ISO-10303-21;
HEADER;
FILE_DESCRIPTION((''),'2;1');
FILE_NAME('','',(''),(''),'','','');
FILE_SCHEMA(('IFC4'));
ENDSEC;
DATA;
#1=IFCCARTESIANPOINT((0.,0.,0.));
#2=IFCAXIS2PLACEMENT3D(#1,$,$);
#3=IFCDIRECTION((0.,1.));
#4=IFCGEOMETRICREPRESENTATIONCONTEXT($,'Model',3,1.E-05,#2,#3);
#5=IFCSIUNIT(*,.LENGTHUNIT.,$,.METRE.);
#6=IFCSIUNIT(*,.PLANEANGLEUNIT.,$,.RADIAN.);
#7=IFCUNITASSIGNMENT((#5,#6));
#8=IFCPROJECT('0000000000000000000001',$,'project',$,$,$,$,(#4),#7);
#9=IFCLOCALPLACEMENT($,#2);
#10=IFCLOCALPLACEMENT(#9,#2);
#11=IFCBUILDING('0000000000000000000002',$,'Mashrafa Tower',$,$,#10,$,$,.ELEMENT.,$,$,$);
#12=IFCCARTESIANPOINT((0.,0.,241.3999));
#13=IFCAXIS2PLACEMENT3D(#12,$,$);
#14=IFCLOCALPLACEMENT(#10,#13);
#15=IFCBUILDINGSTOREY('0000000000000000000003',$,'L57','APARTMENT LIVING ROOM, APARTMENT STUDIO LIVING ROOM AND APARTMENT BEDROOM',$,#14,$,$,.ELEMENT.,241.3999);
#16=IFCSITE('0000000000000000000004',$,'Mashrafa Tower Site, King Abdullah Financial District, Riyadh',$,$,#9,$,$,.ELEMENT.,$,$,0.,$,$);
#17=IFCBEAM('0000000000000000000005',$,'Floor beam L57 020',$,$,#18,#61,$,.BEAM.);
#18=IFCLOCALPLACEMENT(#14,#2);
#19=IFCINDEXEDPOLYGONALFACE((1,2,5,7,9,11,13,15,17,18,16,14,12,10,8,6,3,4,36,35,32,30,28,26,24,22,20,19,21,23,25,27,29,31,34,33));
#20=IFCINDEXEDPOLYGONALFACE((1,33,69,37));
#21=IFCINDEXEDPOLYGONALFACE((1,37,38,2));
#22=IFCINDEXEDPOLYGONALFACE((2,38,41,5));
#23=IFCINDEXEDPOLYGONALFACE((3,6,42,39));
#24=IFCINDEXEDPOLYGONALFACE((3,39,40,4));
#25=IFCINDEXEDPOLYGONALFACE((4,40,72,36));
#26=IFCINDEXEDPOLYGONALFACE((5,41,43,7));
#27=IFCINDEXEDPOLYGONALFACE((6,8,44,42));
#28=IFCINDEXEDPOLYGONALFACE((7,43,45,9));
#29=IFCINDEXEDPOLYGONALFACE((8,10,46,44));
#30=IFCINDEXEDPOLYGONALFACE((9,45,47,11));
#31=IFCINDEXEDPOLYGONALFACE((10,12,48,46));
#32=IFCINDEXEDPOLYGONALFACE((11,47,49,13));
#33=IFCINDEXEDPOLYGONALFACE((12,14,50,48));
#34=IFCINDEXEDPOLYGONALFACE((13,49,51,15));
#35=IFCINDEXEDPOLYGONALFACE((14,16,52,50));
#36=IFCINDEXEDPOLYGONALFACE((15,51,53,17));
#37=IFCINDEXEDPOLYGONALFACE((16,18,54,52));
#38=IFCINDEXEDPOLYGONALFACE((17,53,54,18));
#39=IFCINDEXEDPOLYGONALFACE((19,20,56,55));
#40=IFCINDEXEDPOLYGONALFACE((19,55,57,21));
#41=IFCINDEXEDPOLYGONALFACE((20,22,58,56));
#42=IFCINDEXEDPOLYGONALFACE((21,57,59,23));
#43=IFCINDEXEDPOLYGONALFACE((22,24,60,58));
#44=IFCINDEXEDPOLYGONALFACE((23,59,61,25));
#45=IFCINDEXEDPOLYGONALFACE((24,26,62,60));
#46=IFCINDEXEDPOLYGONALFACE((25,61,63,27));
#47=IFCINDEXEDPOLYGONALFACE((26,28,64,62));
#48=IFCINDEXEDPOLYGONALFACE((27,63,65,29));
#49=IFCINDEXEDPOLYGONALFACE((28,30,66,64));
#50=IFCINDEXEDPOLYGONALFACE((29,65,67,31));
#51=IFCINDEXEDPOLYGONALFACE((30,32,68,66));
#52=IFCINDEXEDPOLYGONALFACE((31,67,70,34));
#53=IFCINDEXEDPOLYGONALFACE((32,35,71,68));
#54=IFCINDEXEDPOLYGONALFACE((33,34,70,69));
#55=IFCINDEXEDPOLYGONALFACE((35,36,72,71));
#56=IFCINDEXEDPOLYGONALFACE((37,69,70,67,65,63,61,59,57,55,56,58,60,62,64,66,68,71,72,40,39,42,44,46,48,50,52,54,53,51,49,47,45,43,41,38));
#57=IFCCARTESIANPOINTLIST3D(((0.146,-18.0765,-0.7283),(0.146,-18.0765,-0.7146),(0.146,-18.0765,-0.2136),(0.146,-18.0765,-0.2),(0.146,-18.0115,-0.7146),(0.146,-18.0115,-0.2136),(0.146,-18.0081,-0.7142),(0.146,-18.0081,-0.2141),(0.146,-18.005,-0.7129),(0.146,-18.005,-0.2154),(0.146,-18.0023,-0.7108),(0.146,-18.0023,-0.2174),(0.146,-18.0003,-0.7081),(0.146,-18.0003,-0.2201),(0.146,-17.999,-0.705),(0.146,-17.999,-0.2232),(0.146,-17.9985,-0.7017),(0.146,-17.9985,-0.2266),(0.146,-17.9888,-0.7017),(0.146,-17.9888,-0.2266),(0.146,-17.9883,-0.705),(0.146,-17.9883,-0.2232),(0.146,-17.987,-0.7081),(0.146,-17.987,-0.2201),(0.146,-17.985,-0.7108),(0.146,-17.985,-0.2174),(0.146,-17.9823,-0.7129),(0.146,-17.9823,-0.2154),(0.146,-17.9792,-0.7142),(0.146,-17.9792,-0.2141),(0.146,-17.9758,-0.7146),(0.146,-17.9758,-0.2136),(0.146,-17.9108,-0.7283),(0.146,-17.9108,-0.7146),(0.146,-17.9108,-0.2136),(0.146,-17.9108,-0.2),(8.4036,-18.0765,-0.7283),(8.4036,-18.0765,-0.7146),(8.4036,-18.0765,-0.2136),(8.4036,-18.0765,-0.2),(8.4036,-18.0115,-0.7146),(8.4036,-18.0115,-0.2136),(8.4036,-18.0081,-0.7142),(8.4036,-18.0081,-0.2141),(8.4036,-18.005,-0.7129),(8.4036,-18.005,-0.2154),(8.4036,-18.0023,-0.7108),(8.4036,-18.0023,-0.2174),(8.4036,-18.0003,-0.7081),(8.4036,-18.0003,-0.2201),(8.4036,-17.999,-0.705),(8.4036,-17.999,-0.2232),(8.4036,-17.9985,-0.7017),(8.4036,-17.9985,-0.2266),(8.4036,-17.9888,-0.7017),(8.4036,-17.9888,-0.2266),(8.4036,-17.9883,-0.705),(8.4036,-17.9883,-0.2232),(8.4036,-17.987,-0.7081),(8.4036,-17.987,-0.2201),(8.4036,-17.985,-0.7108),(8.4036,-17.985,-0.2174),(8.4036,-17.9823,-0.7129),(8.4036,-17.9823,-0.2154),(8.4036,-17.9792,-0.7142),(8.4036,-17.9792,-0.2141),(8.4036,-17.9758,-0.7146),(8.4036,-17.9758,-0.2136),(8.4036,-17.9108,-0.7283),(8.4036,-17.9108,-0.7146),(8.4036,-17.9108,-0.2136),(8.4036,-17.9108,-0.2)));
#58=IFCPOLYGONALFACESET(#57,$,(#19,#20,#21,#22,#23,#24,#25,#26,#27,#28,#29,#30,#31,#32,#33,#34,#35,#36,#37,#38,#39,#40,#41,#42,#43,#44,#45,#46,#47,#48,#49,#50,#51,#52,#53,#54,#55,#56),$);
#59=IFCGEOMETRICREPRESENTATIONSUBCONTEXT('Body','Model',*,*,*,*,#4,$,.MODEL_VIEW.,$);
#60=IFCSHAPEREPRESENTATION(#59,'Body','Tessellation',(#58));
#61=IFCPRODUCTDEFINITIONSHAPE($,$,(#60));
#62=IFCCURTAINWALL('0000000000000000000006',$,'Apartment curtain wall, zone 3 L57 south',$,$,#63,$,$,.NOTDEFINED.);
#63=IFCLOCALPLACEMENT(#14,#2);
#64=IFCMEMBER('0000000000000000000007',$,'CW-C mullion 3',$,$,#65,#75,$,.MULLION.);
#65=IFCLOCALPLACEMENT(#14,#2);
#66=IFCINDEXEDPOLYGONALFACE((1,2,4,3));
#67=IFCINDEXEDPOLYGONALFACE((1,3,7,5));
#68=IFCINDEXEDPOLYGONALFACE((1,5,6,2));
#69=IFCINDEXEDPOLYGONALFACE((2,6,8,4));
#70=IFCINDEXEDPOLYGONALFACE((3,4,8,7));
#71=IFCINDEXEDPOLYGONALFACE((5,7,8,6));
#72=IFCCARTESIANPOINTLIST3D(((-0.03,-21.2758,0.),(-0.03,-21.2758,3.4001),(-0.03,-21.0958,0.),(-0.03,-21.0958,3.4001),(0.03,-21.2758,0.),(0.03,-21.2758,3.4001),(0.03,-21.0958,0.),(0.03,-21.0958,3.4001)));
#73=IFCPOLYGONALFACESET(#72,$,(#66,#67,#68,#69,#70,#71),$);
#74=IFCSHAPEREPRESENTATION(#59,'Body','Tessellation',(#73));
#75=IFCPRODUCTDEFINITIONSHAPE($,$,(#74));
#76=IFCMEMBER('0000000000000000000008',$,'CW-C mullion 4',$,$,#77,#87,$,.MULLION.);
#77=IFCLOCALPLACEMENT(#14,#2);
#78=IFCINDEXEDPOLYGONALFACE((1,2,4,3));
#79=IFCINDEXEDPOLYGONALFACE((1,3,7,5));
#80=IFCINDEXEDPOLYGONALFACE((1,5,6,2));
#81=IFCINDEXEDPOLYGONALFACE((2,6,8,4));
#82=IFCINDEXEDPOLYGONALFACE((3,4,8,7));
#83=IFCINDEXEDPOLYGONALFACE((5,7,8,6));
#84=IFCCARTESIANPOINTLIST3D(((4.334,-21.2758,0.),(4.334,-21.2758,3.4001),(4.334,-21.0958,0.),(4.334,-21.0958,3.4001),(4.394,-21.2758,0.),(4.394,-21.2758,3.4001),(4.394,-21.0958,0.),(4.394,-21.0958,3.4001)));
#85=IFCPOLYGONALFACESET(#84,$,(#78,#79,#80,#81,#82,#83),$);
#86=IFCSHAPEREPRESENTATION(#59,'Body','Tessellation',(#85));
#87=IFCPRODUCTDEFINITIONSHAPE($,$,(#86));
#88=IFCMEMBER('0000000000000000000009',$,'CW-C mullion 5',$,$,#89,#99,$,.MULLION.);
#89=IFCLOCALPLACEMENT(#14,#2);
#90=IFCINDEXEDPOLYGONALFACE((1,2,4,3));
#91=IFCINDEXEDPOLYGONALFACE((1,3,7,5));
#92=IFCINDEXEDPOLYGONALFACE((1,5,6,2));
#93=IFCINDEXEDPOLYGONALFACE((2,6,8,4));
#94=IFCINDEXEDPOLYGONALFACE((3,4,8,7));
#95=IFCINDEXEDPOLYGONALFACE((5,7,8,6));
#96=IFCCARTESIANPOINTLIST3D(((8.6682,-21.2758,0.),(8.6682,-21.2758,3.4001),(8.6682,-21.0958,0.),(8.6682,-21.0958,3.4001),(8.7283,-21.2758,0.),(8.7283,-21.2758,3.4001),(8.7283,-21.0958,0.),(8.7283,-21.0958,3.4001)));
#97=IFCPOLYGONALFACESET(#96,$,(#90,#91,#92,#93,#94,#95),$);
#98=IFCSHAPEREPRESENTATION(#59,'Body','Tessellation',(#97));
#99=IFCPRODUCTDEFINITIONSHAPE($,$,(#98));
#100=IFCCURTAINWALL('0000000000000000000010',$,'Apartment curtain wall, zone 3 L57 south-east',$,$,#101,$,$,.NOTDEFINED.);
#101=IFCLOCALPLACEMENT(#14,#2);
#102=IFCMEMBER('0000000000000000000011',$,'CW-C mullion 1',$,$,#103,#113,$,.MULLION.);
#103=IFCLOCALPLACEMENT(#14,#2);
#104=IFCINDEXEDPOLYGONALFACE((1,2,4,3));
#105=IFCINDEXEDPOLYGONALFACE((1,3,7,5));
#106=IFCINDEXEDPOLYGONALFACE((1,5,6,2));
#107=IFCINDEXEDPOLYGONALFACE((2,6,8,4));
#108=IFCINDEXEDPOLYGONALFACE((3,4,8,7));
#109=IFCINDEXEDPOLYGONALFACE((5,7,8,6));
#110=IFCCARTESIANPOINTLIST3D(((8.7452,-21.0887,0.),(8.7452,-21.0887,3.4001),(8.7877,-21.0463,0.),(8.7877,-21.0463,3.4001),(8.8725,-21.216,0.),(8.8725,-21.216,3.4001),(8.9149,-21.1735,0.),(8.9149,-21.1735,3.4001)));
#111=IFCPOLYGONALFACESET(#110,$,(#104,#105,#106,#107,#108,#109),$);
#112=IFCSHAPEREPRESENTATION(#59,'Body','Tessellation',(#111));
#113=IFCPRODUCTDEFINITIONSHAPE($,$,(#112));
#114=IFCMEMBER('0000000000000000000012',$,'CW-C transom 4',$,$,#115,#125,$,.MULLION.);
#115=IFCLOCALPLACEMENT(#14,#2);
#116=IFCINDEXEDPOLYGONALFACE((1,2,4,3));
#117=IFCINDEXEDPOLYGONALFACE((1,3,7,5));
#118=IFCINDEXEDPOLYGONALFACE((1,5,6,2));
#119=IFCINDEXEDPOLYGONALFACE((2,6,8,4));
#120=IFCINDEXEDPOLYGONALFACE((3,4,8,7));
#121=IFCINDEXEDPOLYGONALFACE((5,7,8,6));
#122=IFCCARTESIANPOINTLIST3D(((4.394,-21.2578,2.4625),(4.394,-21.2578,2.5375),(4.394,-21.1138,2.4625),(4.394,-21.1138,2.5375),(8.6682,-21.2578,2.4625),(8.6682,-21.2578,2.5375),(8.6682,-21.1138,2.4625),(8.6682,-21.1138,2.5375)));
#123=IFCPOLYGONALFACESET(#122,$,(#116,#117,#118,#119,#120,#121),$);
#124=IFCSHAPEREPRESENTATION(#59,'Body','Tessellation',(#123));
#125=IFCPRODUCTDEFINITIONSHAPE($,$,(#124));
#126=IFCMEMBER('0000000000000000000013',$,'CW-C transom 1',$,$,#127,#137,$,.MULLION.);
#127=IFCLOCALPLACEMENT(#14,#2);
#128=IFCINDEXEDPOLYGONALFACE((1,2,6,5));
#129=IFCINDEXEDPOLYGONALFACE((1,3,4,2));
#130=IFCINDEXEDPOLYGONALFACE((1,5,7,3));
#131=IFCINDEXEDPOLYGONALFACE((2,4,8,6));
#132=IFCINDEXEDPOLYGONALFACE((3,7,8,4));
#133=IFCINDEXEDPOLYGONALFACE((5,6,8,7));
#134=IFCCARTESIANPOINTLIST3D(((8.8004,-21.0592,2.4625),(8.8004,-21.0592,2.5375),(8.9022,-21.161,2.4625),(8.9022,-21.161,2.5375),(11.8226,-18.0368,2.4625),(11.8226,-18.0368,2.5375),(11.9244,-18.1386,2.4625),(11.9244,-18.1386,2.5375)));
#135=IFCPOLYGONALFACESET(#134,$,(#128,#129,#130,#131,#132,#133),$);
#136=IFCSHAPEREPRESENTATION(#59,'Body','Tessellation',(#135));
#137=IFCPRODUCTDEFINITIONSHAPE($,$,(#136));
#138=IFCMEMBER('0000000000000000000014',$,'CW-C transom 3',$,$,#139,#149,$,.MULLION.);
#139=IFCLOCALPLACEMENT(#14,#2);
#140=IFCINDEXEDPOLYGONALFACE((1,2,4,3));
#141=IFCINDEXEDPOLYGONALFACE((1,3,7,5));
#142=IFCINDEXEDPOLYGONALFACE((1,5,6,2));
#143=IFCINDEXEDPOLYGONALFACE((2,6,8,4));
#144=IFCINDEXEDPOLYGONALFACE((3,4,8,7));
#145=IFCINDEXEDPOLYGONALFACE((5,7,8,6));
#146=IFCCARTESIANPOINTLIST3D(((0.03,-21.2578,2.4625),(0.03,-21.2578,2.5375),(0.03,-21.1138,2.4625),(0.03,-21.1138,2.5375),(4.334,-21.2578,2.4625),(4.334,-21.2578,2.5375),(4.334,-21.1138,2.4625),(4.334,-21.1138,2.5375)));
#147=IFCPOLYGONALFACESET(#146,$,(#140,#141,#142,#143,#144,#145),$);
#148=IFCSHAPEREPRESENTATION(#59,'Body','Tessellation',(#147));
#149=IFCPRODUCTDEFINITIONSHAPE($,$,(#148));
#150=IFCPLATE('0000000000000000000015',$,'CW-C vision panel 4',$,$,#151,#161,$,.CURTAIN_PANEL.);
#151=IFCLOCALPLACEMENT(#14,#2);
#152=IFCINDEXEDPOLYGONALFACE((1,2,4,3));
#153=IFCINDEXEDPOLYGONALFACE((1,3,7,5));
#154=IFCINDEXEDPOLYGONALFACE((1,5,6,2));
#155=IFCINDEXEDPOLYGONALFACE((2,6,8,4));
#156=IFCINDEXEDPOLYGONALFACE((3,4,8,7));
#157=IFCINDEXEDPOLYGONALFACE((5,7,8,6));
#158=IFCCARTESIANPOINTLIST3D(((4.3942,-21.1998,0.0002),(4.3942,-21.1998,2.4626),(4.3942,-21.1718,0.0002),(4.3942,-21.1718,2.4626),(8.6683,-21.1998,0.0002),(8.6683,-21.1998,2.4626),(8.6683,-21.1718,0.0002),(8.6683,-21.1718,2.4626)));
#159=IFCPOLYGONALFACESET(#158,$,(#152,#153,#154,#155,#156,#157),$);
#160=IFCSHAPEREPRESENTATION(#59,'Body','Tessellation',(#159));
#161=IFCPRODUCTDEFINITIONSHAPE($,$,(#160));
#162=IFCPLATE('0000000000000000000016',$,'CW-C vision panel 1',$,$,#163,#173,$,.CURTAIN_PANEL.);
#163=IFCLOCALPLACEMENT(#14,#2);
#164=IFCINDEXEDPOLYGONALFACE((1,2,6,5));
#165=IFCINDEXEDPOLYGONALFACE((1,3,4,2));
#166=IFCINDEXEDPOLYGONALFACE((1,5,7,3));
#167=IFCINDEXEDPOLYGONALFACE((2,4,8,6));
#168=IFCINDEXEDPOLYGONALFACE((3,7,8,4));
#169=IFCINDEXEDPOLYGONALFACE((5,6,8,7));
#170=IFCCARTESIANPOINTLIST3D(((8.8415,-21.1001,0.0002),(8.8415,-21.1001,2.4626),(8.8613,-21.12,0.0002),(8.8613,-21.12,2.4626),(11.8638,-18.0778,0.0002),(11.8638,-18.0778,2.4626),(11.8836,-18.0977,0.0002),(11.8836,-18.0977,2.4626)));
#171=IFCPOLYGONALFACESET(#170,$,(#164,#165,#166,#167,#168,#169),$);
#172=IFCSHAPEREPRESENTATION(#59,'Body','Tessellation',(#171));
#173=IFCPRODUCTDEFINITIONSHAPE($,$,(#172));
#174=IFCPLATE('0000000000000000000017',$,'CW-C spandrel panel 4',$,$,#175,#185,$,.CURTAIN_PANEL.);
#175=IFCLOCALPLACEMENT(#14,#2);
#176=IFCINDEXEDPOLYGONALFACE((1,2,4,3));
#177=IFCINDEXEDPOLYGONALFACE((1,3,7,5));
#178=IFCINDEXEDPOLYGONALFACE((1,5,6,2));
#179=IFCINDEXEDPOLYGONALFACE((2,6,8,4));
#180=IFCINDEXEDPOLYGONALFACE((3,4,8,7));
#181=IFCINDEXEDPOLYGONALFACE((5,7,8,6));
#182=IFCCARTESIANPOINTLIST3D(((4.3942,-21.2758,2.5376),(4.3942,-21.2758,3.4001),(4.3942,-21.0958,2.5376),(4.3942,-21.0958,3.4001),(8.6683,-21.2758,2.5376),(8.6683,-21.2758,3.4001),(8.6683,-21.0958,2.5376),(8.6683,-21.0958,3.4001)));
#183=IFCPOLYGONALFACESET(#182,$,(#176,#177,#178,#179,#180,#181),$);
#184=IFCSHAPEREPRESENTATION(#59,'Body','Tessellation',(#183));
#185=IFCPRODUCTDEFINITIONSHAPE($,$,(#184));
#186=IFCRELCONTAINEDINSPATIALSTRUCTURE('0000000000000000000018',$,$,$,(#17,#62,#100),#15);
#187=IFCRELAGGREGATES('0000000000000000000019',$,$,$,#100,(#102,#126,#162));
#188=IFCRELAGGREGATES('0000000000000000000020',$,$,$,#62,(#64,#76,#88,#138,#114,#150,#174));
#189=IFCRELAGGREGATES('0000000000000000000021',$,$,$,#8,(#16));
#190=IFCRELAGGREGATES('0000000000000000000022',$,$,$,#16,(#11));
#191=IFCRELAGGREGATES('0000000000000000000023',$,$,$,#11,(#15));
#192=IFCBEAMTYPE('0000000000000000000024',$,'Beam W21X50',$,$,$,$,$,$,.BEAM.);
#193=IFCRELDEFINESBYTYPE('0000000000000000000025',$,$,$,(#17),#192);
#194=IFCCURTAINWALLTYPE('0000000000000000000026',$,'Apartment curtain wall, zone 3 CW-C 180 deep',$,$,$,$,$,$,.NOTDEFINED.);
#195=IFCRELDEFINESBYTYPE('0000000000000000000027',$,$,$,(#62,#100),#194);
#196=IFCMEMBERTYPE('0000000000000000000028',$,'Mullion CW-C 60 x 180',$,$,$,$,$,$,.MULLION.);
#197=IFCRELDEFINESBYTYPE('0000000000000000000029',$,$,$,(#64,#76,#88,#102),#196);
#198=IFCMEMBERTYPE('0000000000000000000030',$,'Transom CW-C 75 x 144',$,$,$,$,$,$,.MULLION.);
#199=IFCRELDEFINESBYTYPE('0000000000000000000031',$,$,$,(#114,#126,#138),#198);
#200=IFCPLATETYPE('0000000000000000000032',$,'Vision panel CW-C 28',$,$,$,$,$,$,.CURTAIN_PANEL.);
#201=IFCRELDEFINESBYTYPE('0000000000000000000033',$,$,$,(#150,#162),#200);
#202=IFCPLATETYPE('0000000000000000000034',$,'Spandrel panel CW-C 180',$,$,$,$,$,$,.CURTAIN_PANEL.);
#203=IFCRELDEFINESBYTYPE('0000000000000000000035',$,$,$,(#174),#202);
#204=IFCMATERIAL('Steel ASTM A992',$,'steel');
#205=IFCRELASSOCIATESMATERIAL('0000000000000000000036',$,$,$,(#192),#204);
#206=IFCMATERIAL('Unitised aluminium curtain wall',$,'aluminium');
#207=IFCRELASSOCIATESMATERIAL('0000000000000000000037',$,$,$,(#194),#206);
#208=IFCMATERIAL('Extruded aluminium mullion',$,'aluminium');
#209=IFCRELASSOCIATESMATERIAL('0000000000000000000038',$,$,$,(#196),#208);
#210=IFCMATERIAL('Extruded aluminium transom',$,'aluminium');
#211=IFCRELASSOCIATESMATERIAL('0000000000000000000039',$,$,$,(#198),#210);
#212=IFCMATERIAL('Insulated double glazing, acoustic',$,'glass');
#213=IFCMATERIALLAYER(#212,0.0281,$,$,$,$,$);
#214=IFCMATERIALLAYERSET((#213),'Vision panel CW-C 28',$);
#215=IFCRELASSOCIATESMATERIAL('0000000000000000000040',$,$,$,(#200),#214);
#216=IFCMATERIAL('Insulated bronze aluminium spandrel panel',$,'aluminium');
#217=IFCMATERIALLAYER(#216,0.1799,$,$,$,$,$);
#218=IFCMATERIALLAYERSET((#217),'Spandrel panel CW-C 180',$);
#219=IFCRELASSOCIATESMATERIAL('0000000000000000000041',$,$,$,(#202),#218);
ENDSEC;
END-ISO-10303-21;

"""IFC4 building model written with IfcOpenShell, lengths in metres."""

from ifc_helpers import new_model, si_unit, direction, frame, origin, origin_2d, place, context, subcontext, project, spatial, rectangle, i_section, extrude, source, transform, mapped, material, layer, layer_set, material_profile, profile_set, type_object, type_shapes, element, aggregate, save


model = new_model("IFC4")

# Units and contexts
model_context = context("Model", 3, precision=1e-05, world=origin(), true_north=direction((0.0, 1.0)))
body_context = subcontext(model_context, "Body", "Model", "MODEL_VIEW")
ifc_project = project(units=[si_unit("LENGTHUNIT", "METRE"), si_unit("PLANEANGLEUNIT", "RADIAN")], contexts=[model_context])

# Site, building, storey
site_placement = place(None, origin())
site = spatial("IfcSite", under=ifc_project, at=site_placement, Name="Mashrafa Tower Site, King Abdullah Financial District, Riyadh", CompositionType="ELEMENT", RefElevation=0.0)
building_placement = place(site_placement, origin())
building = spatial("IfcBuilding", under=site, at=building_placement, Name="Mashrafa Tower", CompositionType="ELEMENT")
storey_placement = place(building_placement, frame((0.0, 0.0, 241.3999)))
storey = spatial("IfcBuildingStorey", under=building, at=storey_placement, Name="L57", Description="APARTMENT LIVING ROOM, APARTMENT STUDIO LIVING ROOM AND APARTMENT BEDROOM", CompositionType="ELEMENT", Elevation=241.3999)

# Beam
ifc_material_1 = material(Name="Steel ASTM A992", Category="steel")
ifc_material_profile_1 = material_profile(ifc_material_1, i_section(OverallWidth=0.1658, OverallDepth=0.5283, WebThickness=0.0098, FlangeThickness=0.0137, FilletRadius=0.0129, at=origin_2d()), Name="W21X50")
ifc_profile_set_1 = profile_set([ifc_material_profile_1], Name="Steel ASTM A992")
beam_type_1 = type_object("IfcBeamType", Name="Beam W21X50", PredefinedType="BEAM", material=ifc_profile_set_1)
beam_1_placement = place(storey_placement, frame((8.4036, -17.9937, -0.4641), z_axis=(-1.0, 0.0, 0.0), x_axis=(0.0, -1.0, 0.0)))
element("IfcBeam", 1, at=beam_1_placement, inside=storey, type_object=beam_type_1, Name="Floor beam L57 020", PredefinedType="BEAM", context=body_context, shape_type="SweptSolid", body=[
    extrude(i_section(OverallWidth=0.1658, OverallDepth=0.5283, WebThickness=0.0098, FlangeThickness=0.0137, FilletRadius=0.0129, at=origin_2d()), origin(), (0.0, 0.0, 1.0), 8.2576),
])

# Curtain wall, members
ifc_material_2 = material(Name="Unitised aluminium curtain wall", Category="aluminium")
curtain_wall_type = type_object("IfcCurtainWallType", Name="Apartment curtain wall, zone 3 CW-C 180 deep", PredefinedType="NOTDEFINED", material=ifc_material_2)
curtain_wall_1_placement = place(storey_placement, origin())
curtain_wall_1 = element("IfcCurtainWall", 2, at=curtain_wall_1_placement, inside=storey, type_object=curtain_wall_type, Name="Apartment curtain wall, zone 3 L57 south", PredefinedType="NOTDEFINED")
ifc_material_3 = material(Name="Extruded aluminium mullion", Category="aluminium")
ifc_material_profile_2 = material_profile(ifc_material_3, rectangle(XDim=0.1799, YDim=0.0601, at=origin_2d()), Name="Mullion 60x180")
ifc_profile_set_2 = profile_set([ifc_material_profile_2], Name="Extruded aluminium mullion")
member_type_1 = type_object("IfcMemberType", Name="Mullion CW-C 60 x 180", PredefinedType="MULLION", material=ifc_profile_set_2)
shared_shape_1 = source(origin(), body_context, "Body", "SweptSolid", [
    extrude(rectangle(XDim=0.1799, YDim=0.0601, at=origin_2d()), origin(), (0.0, 0.0, 1.0), 3.4001),
])
type_shapes(member_type_1, [shared_shape_1])
member_1_placement = place(storey_placement, frame((0.0, -21.1858, 0.0), z_axis=(0.0, 0.0, 1.0), x_axis=(0.0, 1.0, 0.0)))
member_1 = element("IfcMember", 3, at=member_1_placement, type_object=member_type_1, Name="CW-C mullion 3", PredefinedType="MULLION", context=body_context, shape_type="MappedRepresentation", body=[
    mapped(shared_shape_1, transform((0.0, 0.0, 0.0))),
])
member_2_placement = place(storey_placement, frame((4.364, -21.1858, 0.0), z_axis=(0.0, 0.0, 1.0), x_axis=(0.0, 1.0, 0.0)))
member_2 = element("IfcMember", 4, at=member_2_placement, type_object=member_type_1, Name="CW-C mullion 4", PredefinedType="MULLION", context=body_context, shape_type="MappedRepresentation", body=[
    mapped(shared_shape_1, transform((0.0, 0.0, 0.0))),
])
member_3_placement = place(storey_placement, frame((8.6982, -21.1858, 0.0), z_axis=(0.0, 0.0, 1.0), x_axis=(0.0, 1.0, 0.0)))
member_3 = element("IfcMember", 5, at=member_3_placement, type_object=member_type_1, Name="CW-C mullion 5", PredefinedType="MULLION", context=body_context, shape_type="MappedRepresentation", body=[
    mapped(shared_shape_1, transform((0.0, 0.0, 0.0))),
])

# Curtain wall, member
curtain_wall_2_placement = place(storey_placement, origin())
curtain_wall_2 = element("IfcCurtainWall", 6, at=curtain_wall_2_placement, inside=storey, type_object=curtain_wall_type, Name="Apartment curtain wall, zone 3 L57 south-east", PredefinedType="NOTDEFINED")
member_4_placement = place(storey_placement, frame((8.8301, -21.1311, 0.0), z_axis=(0.0, 0.0, 1.0), x_axis=(-0.707107, 0.707107, 0.0)))
member_4 = element("IfcMember", 7, at=member_4_placement, type_object=member_type_1, Name="CW-C mullion 1", PredefinedType="MULLION", context=body_context, shape_type="MappedRepresentation", body=[
    mapped(shared_shape_1, transform((0.0, 0.0, 0.0))),
])

# Members
ifc_material_4 = material(Name="Extruded aluminium transom", Category="aluminium")
ifc_material_profile_3 = material_profile(ifc_material_4, rectangle(XDim=0.144, YDim=0.075, at=origin_2d()), Name="Transom 75x144")
ifc_profile_set_3 = profile_set([ifc_material_profile_3], Name="Extruded aluminium transom")
member_type_2 = type_object("IfcMemberType", Name="Transom CW-C 75 x 144", PredefinedType="MULLION", material=ifc_profile_set_3)
shared_shape_2 = source(origin(), body_context, "Body", "SweptSolid", [
    extrude(rectangle(XDim=0.144, YDim=0.075, at=origin_2d()), origin(), (0.0, 0.0, 1.0), 4.2742),
])
member_5_placement = place(storey_placement, frame((4.394, -21.1858, 2.5), z_axis=(1.0, 0.0, 0.0), x_axis=(0.0, 1.0, 0.0)))
member_5 = element("IfcMember", 8, at=member_5_placement, type_object=member_type_2, Name="CW-C transom 4", PredefinedType="MULLION", context=body_context, shape_type="MappedRepresentation", body=[
    mapped(shared_shape_2, transform((0.0, 0.0, 0.0))),
])
member_6_placement = place(storey_placement, frame((8.8513, -21.1101, 2.5), z_axis=(0.707078, 0.707135, 0.0), x_axis=(-0.707135, 0.707078, 0.0)))
member_6 = element("IfcMember", 9, at=member_6_placement, type_object=member_type_2, Name="CW-C transom 1", PredefinedType="MULLION", context=body_context, shape_type="MappedRepresentation", body=[
    mapped(shared_shape_2, transform((0.0, 0.0, 0.0))),
])
shared_shape_3 = source(origin(), body_context, "Body", "SweptSolid", [
    extrude(rectangle(XDim=0.144, YDim=0.075, at=origin_2d()), origin(), (0.0, 0.0, 1.0), 4.304),
])
type_shapes(member_type_2, [shared_shape_2, shared_shape_3])
member_7_placement = place(storey_placement, frame((0.03, -21.1858, 2.5), z_axis=(1.0, 0.0, 0.0), x_axis=(0.0, 1.0, 0.0)))
member_7 = element("IfcMember", 10, at=member_7_placement, type_object=member_type_2, Name="CW-C transom 3", PredefinedType="MULLION", context=body_context, shape_type="MappedRepresentation", body=[
    mapped(shared_shape_3, transform((0.0, 0.0, 0.0))),
])

# Plates
ifc_material_5 = material(Name="Insulated double glazing, acoustic", Category="glass")
ifc_layer_1 = layer(ifc_material_5, 0.0281)
ifc_layer_set_1 = layer_set([ifc_layer_1], Name="Vision panel CW-C 28")
plate_type_1 = type_object("IfcPlateType", Name="Vision panel CW-C 28", PredefinedType="CURTAIN_PANEL", material=ifc_layer_set_1)
shared_shape_4 = source(origin(), body_context, "Body", "SweptSolid", [
    extrude(rectangle(XDim=4.2742, YDim=0.0281, at=origin_2d()), origin(), (0.0, 0.0, 1.0), 2.4624),
])
plate_1_placement = place(storey_placement, frame((6.5312, -21.1858, 0.0002), z_axis=(0.0, 0.0, 1.0), x_axis=(1.0, 0.0, 0.0)))
plate_1 = element("IfcPlate", 11, at=plate_1_placement, type_object=plate_type_1, Name="CW-C vision panel 4", PredefinedType="CURTAIN_PANEL", context=body_context, shape_type="MappedRepresentation", body=[
    mapped(shared_shape_4, transform((0.0, 0.0, 0.0))),
])
plate_2_placement = place(storey_placement, frame((10.3625, -19.5989, 0.0002), z_axis=(0.0, 0.0, 1.0), x_axis=(0.707107, 0.707107, 0.0)))
plate_2 = element("IfcPlate", 12, at=plate_2_placement, type_object=plate_type_1, Name="CW-C vision panel 1", PredefinedType="CURTAIN_PANEL", context=body_context, shape_type="MappedRepresentation", body=[
    mapped(shared_shape_4, transform((0.0, 0.0, 0.0))),
])
ifc_material_6 = material(Name="Insulated bronze aluminium spandrel panel", Category="aluminium")
ifc_layer_2 = layer(ifc_material_6, 0.1799)
ifc_layer_set_2 = layer_set([ifc_layer_2], Name="Spandrel panel CW-C 180")
plate_type_2 = type_object("IfcPlateType", Name="Spandrel panel CW-C 180", PredefinedType="CURTAIN_PANEL", material=ifc_layer_set_2)
shared_shape_5 = source(origin(), body_context, "Body", "SweptSolid", [
    extrude(rectangle(XDim=4.2742, YDim=0.1799, at=origin_2d()), origin(), (0.0, 0.0, 1.0), 0.8625),
])
plate_3_placement = place(storey_placement, frame((6.5312, -21.1858, 2.5376), z_axis=(0.0, 0.0, 1.0), x_axis=(1.0, 0.0, 0.0)))
plate_3 = element("IfcPlate", 13, at=plate_3_placement, type_object=plate_type_2, Name="CW-C spandrel panel 4", PredefinedType="CURTAIN_PANEL", context=body_context, shape_type="MappedRepresentation", body=[
    mapped(shared_shape_5, transform((0.0, 0.0, 0.0))),
])
aggregate(curtain_wall_2, [member_4, member_6, plate_2])
aggregate(curtain_wall_1, [member_1, member_2, member_3, member_7, member_5, plate_1, plate_3])

save(model, "model.ifc")
